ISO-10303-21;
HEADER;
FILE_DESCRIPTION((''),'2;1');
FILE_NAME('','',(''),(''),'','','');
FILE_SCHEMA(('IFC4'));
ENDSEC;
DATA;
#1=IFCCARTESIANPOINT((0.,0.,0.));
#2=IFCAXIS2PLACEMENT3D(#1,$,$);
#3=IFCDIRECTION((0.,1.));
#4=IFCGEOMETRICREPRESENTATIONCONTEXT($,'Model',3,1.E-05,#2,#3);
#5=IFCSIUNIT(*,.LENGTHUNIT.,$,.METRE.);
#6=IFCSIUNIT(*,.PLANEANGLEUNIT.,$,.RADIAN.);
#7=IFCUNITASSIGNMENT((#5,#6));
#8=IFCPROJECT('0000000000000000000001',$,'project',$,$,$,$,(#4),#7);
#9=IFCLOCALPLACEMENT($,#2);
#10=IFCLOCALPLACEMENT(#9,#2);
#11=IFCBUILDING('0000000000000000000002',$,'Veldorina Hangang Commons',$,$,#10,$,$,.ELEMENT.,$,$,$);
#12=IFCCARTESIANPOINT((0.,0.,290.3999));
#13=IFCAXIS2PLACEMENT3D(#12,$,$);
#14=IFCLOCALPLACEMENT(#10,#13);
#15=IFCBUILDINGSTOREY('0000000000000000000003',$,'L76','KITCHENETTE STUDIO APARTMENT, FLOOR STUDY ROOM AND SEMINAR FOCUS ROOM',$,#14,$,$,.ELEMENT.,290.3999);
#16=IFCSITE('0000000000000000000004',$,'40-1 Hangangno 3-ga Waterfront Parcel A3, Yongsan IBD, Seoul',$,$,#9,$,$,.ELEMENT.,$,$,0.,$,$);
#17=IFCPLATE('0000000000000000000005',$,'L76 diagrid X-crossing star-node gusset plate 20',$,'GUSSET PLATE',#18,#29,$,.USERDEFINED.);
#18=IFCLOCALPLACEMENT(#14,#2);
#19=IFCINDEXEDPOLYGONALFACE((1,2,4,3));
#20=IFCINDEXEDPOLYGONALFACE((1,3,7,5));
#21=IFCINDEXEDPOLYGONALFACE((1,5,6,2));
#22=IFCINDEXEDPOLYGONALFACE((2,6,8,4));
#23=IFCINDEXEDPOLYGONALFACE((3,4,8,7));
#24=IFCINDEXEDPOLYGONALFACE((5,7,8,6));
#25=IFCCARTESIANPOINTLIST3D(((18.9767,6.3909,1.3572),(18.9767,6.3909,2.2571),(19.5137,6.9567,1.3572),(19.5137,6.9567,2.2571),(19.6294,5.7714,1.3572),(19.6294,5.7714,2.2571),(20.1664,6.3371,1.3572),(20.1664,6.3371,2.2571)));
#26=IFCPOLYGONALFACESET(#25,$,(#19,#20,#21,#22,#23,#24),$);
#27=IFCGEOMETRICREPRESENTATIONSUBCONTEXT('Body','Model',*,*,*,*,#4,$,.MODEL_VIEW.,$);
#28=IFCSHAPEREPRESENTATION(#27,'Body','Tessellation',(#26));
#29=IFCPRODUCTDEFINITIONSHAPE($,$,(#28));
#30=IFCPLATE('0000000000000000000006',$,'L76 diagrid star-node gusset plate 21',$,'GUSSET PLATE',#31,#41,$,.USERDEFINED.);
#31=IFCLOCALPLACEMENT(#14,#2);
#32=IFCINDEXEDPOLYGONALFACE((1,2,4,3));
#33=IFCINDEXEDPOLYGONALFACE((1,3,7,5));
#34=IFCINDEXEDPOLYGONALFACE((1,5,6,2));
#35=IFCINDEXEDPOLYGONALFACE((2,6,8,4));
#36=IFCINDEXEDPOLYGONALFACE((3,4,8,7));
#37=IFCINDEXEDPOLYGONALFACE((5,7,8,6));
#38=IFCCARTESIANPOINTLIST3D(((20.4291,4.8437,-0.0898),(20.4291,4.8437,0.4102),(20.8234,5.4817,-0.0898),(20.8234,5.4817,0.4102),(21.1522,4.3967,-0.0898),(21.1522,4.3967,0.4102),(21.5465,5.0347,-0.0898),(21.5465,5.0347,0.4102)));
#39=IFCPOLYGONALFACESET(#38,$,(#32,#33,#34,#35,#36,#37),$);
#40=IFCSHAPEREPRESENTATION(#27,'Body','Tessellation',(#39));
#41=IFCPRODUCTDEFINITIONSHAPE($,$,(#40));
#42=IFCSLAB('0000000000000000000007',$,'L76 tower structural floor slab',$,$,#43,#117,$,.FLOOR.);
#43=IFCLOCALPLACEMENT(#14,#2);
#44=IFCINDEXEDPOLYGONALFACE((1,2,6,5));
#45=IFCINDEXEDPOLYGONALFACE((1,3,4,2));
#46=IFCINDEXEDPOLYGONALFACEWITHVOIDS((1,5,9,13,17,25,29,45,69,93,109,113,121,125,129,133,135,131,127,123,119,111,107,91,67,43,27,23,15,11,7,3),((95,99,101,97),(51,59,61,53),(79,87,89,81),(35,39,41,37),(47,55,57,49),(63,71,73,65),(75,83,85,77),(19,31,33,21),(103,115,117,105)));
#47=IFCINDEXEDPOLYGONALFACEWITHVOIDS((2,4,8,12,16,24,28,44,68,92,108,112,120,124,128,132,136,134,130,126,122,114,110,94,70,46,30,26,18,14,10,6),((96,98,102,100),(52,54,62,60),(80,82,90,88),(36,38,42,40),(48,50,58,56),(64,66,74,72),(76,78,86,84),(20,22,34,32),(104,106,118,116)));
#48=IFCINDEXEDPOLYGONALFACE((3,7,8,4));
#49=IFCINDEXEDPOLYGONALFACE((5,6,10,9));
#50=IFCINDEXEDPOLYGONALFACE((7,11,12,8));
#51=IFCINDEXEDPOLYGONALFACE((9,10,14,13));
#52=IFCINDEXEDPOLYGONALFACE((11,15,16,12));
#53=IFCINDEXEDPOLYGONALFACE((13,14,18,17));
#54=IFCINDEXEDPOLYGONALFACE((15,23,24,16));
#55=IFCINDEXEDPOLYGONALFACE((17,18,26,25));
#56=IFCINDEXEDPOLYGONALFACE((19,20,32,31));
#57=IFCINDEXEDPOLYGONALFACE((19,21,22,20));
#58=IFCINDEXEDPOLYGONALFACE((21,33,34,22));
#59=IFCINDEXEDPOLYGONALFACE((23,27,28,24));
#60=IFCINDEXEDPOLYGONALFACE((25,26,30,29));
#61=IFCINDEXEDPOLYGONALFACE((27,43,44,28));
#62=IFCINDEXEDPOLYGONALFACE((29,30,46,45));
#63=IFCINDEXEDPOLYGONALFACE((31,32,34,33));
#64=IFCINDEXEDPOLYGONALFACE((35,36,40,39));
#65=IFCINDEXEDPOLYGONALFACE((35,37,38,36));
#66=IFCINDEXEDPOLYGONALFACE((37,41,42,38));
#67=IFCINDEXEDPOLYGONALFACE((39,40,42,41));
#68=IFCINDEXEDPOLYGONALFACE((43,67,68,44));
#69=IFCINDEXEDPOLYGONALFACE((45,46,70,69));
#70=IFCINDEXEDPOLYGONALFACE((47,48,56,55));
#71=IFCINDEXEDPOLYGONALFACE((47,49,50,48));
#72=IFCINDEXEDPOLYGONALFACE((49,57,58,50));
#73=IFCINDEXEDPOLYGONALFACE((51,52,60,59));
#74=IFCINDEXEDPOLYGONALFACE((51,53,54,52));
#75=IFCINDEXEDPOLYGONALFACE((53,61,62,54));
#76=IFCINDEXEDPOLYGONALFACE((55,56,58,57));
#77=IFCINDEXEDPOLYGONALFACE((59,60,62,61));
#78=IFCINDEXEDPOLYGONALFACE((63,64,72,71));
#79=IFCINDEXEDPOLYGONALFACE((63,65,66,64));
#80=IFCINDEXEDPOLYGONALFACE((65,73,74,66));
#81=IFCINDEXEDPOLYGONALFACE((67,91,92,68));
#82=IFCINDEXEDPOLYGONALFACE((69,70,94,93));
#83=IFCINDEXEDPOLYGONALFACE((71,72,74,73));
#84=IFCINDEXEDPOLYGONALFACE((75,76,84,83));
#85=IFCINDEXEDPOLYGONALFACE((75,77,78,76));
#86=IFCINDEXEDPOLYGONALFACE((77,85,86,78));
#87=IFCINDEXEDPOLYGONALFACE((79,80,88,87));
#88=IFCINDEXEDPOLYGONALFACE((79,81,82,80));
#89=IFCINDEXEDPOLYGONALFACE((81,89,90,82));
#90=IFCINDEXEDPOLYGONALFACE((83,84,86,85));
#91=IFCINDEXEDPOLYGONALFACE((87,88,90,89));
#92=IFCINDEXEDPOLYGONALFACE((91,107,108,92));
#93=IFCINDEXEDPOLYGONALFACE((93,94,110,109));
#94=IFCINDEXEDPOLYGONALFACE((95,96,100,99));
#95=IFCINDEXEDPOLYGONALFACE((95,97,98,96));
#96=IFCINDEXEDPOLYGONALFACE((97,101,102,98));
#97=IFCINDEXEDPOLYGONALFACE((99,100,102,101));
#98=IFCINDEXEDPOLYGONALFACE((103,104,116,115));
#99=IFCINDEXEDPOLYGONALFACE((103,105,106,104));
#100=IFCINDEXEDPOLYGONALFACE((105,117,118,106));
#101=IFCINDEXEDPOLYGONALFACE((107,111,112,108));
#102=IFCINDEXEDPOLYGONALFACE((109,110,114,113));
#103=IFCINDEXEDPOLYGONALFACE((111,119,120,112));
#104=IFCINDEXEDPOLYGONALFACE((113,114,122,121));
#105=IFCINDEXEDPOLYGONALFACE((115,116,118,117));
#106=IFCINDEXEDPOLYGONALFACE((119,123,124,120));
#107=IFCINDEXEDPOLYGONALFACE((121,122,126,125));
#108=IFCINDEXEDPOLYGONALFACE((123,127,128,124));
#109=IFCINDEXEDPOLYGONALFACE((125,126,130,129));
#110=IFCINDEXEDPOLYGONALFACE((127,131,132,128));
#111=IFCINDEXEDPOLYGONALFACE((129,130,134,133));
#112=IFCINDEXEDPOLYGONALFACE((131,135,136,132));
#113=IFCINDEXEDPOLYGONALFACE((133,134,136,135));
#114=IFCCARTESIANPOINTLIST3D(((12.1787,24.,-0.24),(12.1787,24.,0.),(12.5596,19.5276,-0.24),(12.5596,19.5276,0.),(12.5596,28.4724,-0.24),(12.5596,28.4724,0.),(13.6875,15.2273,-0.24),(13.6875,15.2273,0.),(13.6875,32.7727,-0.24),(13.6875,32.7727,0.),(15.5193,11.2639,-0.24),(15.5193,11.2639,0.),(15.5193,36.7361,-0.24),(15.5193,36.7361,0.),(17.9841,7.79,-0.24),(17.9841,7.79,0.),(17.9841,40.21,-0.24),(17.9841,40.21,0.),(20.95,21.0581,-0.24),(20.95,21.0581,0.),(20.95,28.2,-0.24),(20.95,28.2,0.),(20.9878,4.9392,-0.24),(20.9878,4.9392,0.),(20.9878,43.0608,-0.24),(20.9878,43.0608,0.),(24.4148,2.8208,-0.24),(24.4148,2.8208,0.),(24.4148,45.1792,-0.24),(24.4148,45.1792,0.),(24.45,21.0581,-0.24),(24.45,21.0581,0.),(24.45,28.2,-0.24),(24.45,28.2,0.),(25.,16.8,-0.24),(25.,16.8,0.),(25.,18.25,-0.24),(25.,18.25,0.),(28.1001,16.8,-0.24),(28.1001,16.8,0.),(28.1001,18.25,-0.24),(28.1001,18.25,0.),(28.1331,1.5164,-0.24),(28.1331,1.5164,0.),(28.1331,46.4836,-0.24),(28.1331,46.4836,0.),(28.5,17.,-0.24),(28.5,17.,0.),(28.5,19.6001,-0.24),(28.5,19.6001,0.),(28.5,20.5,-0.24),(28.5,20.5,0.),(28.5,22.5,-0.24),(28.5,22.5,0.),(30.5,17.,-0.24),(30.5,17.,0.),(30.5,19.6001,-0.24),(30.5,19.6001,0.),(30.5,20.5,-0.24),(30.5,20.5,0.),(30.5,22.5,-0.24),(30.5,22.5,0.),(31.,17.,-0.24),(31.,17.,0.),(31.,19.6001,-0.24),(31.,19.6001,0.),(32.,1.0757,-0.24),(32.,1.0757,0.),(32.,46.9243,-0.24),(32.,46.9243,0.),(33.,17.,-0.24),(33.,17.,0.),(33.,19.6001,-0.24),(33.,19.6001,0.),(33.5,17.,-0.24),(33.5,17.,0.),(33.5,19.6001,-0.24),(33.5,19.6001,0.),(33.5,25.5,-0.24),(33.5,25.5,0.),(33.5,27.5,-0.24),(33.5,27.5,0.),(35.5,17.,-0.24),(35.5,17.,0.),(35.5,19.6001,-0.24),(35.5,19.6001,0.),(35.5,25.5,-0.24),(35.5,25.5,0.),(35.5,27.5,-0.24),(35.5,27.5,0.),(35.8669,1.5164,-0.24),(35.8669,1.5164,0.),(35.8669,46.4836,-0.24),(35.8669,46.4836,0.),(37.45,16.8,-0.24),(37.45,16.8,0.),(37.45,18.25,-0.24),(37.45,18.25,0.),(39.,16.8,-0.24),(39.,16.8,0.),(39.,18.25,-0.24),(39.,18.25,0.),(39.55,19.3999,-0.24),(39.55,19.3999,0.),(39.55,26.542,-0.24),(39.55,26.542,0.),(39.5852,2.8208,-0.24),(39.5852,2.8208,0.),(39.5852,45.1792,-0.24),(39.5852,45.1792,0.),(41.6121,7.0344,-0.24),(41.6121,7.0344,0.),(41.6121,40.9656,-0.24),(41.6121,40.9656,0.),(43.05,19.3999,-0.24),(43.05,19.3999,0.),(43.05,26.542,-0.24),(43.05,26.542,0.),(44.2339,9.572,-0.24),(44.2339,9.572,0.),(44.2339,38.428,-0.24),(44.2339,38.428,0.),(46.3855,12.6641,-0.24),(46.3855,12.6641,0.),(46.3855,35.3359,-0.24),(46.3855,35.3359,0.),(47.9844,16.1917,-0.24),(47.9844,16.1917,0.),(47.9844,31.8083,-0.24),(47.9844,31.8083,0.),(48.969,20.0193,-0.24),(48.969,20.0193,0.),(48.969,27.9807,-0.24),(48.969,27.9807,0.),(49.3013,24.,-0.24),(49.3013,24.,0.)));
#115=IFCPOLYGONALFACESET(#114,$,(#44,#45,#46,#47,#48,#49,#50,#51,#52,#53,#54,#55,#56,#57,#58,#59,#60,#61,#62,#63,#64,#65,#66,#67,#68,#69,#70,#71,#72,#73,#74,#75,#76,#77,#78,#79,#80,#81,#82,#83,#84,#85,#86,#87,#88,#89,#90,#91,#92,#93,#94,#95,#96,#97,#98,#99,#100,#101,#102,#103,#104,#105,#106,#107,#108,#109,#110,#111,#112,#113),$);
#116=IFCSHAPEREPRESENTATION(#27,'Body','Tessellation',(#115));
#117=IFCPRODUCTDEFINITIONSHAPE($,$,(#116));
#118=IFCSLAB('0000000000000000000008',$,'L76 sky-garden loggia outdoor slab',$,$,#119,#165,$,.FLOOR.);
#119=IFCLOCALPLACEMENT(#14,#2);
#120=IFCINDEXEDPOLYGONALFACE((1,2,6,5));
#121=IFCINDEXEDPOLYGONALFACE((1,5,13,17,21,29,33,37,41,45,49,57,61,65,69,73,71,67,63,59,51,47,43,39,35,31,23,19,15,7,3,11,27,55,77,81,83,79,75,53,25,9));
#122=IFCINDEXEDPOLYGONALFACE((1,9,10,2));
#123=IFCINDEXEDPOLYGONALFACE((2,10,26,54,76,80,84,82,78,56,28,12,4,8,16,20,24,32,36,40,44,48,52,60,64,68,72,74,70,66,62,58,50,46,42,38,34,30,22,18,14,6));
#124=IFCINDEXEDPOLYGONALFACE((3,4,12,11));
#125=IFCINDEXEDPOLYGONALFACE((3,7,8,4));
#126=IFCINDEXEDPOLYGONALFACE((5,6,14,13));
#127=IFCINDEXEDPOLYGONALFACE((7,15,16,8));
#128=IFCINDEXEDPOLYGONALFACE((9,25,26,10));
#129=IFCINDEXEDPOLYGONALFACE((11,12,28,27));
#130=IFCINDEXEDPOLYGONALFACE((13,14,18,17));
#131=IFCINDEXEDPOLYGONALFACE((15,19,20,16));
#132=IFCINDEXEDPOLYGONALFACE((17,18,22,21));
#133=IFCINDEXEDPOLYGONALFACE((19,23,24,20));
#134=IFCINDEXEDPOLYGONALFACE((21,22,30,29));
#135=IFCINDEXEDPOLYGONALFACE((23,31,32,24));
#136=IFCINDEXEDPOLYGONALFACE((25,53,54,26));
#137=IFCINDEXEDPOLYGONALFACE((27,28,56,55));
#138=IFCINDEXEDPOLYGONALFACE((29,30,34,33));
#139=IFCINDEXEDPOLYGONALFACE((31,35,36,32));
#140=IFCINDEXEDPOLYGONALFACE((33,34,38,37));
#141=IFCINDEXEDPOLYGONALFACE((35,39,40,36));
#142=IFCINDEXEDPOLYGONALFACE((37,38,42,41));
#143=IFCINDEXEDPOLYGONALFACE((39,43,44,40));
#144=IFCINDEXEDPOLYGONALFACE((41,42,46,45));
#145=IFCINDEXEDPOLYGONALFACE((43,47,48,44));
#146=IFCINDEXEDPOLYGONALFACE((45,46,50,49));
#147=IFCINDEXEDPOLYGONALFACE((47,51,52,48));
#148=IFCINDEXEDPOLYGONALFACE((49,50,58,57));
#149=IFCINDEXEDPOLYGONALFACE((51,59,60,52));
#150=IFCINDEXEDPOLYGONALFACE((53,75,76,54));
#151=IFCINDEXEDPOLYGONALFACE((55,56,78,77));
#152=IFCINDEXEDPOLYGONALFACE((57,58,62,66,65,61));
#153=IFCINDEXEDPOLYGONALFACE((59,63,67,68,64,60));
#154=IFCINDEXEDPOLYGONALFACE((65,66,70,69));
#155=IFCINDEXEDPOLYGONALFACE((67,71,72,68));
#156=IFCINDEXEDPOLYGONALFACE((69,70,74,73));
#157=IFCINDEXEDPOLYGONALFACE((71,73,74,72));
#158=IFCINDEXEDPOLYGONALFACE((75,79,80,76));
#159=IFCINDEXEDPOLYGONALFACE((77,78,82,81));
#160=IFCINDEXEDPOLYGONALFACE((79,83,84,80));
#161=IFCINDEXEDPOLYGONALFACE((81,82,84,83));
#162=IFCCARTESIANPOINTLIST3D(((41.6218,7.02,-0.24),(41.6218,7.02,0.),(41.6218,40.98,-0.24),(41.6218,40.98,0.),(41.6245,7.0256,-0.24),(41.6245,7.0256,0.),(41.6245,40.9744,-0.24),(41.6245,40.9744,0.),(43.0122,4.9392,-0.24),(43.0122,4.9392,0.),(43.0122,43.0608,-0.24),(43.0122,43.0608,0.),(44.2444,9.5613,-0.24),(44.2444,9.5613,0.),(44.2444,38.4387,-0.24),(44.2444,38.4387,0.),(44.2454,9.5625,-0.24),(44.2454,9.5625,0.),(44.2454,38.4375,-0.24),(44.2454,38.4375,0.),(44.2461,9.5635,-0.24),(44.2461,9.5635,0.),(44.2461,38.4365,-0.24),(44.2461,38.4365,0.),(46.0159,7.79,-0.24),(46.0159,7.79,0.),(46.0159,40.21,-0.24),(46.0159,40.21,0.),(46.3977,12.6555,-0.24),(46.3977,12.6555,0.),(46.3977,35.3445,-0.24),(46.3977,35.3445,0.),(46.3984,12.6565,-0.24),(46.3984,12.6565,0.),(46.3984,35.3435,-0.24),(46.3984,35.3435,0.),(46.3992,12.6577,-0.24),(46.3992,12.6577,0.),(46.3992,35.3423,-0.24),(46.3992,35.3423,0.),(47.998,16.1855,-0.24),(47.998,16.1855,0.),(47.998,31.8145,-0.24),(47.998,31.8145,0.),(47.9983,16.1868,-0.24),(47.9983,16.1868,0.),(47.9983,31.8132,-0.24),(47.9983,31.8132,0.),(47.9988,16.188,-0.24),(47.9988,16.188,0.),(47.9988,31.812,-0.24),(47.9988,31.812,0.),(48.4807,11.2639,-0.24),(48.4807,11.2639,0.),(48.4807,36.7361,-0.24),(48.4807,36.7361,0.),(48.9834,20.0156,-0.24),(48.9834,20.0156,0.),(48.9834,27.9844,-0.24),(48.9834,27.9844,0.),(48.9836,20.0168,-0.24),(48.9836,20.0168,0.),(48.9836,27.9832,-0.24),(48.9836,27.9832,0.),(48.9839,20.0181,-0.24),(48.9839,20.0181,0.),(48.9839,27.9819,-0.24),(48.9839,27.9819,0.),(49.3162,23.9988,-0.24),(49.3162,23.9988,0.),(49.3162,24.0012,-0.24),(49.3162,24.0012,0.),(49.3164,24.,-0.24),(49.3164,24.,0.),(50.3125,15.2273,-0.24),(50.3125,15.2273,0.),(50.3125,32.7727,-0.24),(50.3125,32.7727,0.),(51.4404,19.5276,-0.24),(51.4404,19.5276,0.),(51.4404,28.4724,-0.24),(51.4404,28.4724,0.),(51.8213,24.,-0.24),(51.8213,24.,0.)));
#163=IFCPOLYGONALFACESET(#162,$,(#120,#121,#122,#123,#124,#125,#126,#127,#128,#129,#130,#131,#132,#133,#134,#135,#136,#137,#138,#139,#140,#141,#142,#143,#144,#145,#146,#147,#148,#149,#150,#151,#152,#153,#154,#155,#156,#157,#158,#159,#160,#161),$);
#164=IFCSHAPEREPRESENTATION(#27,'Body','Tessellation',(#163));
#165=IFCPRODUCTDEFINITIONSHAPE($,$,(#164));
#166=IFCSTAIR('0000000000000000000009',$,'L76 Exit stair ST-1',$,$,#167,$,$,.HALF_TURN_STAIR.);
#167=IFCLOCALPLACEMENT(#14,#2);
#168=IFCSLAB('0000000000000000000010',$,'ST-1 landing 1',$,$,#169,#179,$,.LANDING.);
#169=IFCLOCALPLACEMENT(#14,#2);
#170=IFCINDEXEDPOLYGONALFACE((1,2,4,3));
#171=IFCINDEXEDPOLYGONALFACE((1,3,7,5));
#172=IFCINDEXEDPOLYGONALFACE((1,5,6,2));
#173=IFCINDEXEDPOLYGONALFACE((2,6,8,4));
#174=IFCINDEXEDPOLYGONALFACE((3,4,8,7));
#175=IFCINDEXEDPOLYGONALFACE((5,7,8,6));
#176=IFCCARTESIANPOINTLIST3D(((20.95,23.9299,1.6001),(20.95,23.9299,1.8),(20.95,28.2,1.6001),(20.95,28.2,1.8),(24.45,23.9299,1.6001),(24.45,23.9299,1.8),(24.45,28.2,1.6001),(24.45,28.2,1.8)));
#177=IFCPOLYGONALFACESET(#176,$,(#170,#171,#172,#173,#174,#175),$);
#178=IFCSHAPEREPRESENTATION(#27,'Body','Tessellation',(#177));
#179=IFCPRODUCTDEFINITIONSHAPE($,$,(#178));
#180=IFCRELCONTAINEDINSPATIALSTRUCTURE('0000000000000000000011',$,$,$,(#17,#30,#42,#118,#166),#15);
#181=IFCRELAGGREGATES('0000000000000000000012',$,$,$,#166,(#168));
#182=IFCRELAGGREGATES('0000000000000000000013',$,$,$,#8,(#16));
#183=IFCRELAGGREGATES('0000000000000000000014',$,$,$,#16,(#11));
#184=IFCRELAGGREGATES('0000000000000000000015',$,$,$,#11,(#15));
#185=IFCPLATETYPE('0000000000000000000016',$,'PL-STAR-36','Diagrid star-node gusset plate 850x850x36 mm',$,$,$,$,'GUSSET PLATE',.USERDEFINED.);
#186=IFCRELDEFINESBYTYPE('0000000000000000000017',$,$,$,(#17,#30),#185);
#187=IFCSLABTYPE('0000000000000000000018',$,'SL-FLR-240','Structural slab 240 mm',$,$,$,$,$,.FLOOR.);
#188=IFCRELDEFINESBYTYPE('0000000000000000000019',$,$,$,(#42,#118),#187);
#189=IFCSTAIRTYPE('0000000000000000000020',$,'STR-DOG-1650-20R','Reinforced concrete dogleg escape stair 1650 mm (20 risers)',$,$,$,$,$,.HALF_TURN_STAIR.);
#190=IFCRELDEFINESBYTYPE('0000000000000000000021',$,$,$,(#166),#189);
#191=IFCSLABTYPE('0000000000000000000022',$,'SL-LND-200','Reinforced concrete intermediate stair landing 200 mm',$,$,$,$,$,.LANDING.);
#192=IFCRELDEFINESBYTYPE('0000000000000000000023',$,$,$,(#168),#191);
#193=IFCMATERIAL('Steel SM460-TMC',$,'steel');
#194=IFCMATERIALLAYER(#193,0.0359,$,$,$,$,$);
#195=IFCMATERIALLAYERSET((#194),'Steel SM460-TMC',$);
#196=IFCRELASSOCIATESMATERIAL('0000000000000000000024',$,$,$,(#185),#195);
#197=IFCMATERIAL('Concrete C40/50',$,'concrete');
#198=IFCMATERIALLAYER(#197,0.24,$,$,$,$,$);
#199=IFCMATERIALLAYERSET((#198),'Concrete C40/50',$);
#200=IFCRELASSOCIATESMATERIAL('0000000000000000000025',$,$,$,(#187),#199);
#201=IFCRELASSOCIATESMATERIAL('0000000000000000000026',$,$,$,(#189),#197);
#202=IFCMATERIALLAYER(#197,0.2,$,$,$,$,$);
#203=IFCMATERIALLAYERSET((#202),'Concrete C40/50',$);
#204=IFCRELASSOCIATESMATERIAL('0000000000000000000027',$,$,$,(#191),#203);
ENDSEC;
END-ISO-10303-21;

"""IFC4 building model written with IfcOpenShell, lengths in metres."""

from ifc_helpers import new_model, si_unit, direction, frame, origin, origin_2d, place, context, subcontext, project, spatial, polyline, rectangle, outline, extrude, material, layer, layer_set, type_object, element, aggregate, save


model = new_model("IFC4")

# Units and contexts
model_context = context("Model", 3, precision=1e-05, world=origin(), true_north=direction((0.0, 1.0)))
body_context = subcontext(model_context, "Body", "Model", "MODEL_VIEW")
ifc_project = project(units=[si_unit("LENGTHUNIT", "METRE"), si_unit("PLANEANGLEUNIT", "RADIAN")], contexts=[model_context])

# Site, building, storey
site_placement = place(None, origin())
site = spatial("IfcSite", under=ifc_project, at=site_placement, Name="40-1 Hangangno 3-ga Waterfront Parcel A3, Yongsan IBD, Seoul", CompositionType="ELEMENT", RefElevation=0.0)
building_placement = place(site_placement, origin())
building = spatial("IfcBuilding", under=site, at=building_placement, Name="Veldorina Hangang Commons", CompositionType="ELEMENT")
storey_placement = place(building_placement, frame((0.0, 0.0, 290.3999)))
storey = spatial("IfcBuildingStorey", under=building, at=storey_placement, Name="L76", Description="KITCHENETTE STUDIO APARTMENT, FLOOR STUDY ROOM AND SEMINAR FOCUS ROOM", CompositionType="ELEMENT", Elevation=290.3999)

# Plates
ifc_material_1 = material(Name="Steel SM460-TMC", Category="steel")
ifc_layer_1 = layer(ifc_material_1, 0.0359)
ifc_layer_set_1 = layer_set([ifc_layer_1], Name="Steel SM460-TMC")
plate_type = type_object("IfcPlateType", Name="PL-STAR-36", Description="Diagrid star-node gusset plate 850x850x36 mm", ElementType="GUSSET PLATE", PredefinedType="USERDEFINED", material=ifc_layer_set_1)
plate_1_placement = place(storey_placement, frame((19.5715, 6.364, 1.3572), z_axis=(0.0, 0.0, 1.0), x_axis=(0.725314, -0.688418, 0.0)))
element("IfcPlate", 1, at=plate_1_placement, inside=storey, type_object=plate_type, Name="L76 diagrid X-crossing star-node gusset plate 20", ObjectType="GUSSET PLATE", PredefinedType="USERDEFINED", context=body_context, shape_type="SweptSolid", body=[
    extrude(rectangle(XDim=0.8999, YDim=0.78, at=origin_2d()), origin(), (0.0, 0.0, 1.0), 0.8999),
])
plate_2_placement = place(storey_placement, frame((20.9878, 4.9392, -0.0898), z_axis=(0.0, 0.0, 1.0), x_axis=(0.850591, -0.525828, 0.0)))
element("IfcPlate", 2, at=plate_2_placement, inside=storey, type_object=plate_type, Name="L76 diagrid star-node gusset plate 21", ObjectType="GUSSET PLATE", PredefinedType="USERDEFINED", context=body_context, shape_type="SweptSolid", body=[
    extrude(rectangle(XDim=0.8501, YDim=0.75, at=origin_2d()), origin(), (0.0, 0.0, 1.0), 0.5),
])

# Slabs
ifc_material_2 = material(Name="Concrete C40/50", Category="concrete")
ifc_layer_2 = layer(ifc_material_2, 0.24)
ifc_layer_set_2 = layer_set([ifc_layer_2], Name="Concrete C40/50")
slab_type_1 = type_object("IfcSlabType", Name="SL-FLR-240", Description="Structural slab 240 mm", PredefinedType="FLOOR", material=ifc_layer_set_2)
slab_1_placement = place(storey_placement, frame((0.0, 0.0, -0.24)))
element("IfcSlab", 3, at=slab_1_placement, inside=storey, type_object=slab_type_1, Name="L76 tower structural floor slab", PredefinedType="FLOOR", context=body_context, shape_type="SweptSolid", body=[
    extrude(outline(polyline([(49.3013, 24.0), (48.969, 27.9807), (47.9844, 31.8083), (46.3855, 35.3359), (44.2339, 38.428), (41.6121, 40.9656), (39.5852, 45.1792), (35.8669, 46.4836), (32.0, 46.9243), (28.1331, 46.4836), (24.4148, 45.1792), (20.9878, 43.0608), (17.9841, 40.21), (15.5193, 36.7361), (13.6875, 32.7727), (12.5596, 28.4724), (12.1787, 24.0), (12.5596, 19.5276), (13.6875, 15.2273), (15.5193, 11.2639), (17.9841, 7.79), (20.9878, 4.9392), (24.4148, 2.8208), (28.1331, 1.5164), (32.0, 1.0757), (35.8669, 1.5164), (39.5852, 2.8208), (41.6121, 7.0344), (44.2339, 9.572), (46.3855, 12.6641), (47.9844, 16.1917), (48.969, 20.0193), (49.3013, 24.0)]), holes=[polyline([(20.95, 21.0581), (20.95, 28.2), (24.45, 28.2), (24.45, 21.0581), (20.95, 21.0581)]), polyline([(43.05, 26.542), (43.05, 19.3999), (39.55, 19.3999), (39.55, 26.542), (43.05, 26.542)]), polyline([(33.5, 27.5), (35.5, 27.5), (35.5, 25.5), (33.5, 25.5), (33.5, 27.5)]), polyline([(28.5, 22.5), (30.5, 22.5), (30.5, 20.5), (28.5, 20.5), (28.5, 22.5)]), polyline([(28.5, 19.6001), (30.5, 19.6001), (30.5, 17.0), (28.5, 17.0), (28.5, 19.6001)]), polyline([(31.0, 19.6001), (33.0, 19.6001), (33.0, 17.0), (31.0, 17.0), (31.0, 19.6001)]), polyline([(33.5, 19.6001), (35.5, 19.6001), (35.5, 17.0), (33.5, 17.0), (33.5, 19.6001)]), polyline([(25.0, 18.25), (28.1001, 18.25), (28.1001, 16.8), (25.0, 16.8), (25.0, 18.25)]), polyline([(37.45, 18.25), (39.0, 18.25), (39.0, 16.8), (37.45, 16.8), (37.45, 18.25)])]), origin(), (0.0, 0.0, 1.0), 0.24),
])
slab_2_placement = place(storey_placement, frame((0.0, 0.0, -0.24)))
element("IfcSlab", 4, at=slab_2_placement, inside=storey, type_object=slab_type_1, Name="L76 sky-garden loggia outdoor slab", PredefinedType="FLOOR", context=body_context, shape_type="SweptSolid", body=[
    extrude(outline(polyline([(43.0122, 43.0608), (46.0159, 40.21), (48.4807, 36.7361), (50.3125, 32.7727), (51.4404, 28.4724), (51.8213, 24.0), (51.4404, 19.5276), (50.3125, 15.2273), (48.4807, 11.2639), (46.0159, 7.79), (43.0122, 4.9392), (41.6218, 7.02), (41.6245, 7.0256), (44.2444, 9.5613), (44.2454, 9.5625), (44.2461, 9.5635), (46.3977, 12.6555), (46.3984, 12.6565), (46.3992, 12.6577), (47.998, 16.1855), (47.9983, 16.1868), (47.9988, 16.188), (48.9834, 20.0156), (48.9836, 20.0168), (48.9839, 20.0181), (49.3162, 23.9988), (49.3164, 24.0), (49.3162, 24.0012), (48.9839, 27.9819), (48.9836, 27.9832), (48.9834, 27.9844), (47.9988, 31.812), (47.9983, 31.8132), (47.998, 31.8145), (46.3992, 35.3423), (46.3984, 35.3435), (46.3977, 35.3445), (44.2461, 38.4365), (44.2454, 38.4375), (44.2444, 38.4387), (41.6245, 40.9744), (41.6218, 40.98), (43.0122, 43.0608)])), origin(), (0.0, 0.0, 1.0), 0.24),
])

# Stair, slab
stair_type = type_object("IfcStairType", Name="STR-DOG-1650-20R", Description="Reinforced concrete dogleg escape stair 1650 mm (20 risers)", PredefinedType="HALF_TURN_STAIR", material=ifc_material_2)
stair_1_placement = place(storey_placement, origin())
stair_1 = element("IfcStair", 5, at=stair_1_placement, inside=storey, type_object=stair_type, Name="L76 Exit stair ST-1", PredefinedType="HALF_TURN_STAIR")
ifc_layer_3 = layer(ifc_material_2, 0.2)
ifc_layer_set_3 = layer_set([ifc_layer_3], Name="Concrete C40/50")
slab_type_2 = type_object("IfcSlabType", Name="SL-LND-200", Description="Reinforced concrete intermediate stair landing 200 mm", PredefinedType="LANDING", material=ifc_layer_set_3)
slab_3_placement = place(storey_placement, frame((0.0, 0.0, 1.6001)))
slab_3 = element("IfcSlab", 6, at=slab_3_placement, type_object=slab_type_2, Name="ST-1 landing 1", PredefinedType="LANDING", context=body_context, shape_type="SweptSolid", body=[
    extrude(outline(polyline([(24.45, 23.9299), (24.45, 28.2), (20.95, 28.2), (20.95, 23.9299), (24.45, 23.9299)])), origin(), (0.0, 0.0, 1.0), 0.2),
])
aggregate(stair_1, [slab_3])

save(model, "model.ifc")
